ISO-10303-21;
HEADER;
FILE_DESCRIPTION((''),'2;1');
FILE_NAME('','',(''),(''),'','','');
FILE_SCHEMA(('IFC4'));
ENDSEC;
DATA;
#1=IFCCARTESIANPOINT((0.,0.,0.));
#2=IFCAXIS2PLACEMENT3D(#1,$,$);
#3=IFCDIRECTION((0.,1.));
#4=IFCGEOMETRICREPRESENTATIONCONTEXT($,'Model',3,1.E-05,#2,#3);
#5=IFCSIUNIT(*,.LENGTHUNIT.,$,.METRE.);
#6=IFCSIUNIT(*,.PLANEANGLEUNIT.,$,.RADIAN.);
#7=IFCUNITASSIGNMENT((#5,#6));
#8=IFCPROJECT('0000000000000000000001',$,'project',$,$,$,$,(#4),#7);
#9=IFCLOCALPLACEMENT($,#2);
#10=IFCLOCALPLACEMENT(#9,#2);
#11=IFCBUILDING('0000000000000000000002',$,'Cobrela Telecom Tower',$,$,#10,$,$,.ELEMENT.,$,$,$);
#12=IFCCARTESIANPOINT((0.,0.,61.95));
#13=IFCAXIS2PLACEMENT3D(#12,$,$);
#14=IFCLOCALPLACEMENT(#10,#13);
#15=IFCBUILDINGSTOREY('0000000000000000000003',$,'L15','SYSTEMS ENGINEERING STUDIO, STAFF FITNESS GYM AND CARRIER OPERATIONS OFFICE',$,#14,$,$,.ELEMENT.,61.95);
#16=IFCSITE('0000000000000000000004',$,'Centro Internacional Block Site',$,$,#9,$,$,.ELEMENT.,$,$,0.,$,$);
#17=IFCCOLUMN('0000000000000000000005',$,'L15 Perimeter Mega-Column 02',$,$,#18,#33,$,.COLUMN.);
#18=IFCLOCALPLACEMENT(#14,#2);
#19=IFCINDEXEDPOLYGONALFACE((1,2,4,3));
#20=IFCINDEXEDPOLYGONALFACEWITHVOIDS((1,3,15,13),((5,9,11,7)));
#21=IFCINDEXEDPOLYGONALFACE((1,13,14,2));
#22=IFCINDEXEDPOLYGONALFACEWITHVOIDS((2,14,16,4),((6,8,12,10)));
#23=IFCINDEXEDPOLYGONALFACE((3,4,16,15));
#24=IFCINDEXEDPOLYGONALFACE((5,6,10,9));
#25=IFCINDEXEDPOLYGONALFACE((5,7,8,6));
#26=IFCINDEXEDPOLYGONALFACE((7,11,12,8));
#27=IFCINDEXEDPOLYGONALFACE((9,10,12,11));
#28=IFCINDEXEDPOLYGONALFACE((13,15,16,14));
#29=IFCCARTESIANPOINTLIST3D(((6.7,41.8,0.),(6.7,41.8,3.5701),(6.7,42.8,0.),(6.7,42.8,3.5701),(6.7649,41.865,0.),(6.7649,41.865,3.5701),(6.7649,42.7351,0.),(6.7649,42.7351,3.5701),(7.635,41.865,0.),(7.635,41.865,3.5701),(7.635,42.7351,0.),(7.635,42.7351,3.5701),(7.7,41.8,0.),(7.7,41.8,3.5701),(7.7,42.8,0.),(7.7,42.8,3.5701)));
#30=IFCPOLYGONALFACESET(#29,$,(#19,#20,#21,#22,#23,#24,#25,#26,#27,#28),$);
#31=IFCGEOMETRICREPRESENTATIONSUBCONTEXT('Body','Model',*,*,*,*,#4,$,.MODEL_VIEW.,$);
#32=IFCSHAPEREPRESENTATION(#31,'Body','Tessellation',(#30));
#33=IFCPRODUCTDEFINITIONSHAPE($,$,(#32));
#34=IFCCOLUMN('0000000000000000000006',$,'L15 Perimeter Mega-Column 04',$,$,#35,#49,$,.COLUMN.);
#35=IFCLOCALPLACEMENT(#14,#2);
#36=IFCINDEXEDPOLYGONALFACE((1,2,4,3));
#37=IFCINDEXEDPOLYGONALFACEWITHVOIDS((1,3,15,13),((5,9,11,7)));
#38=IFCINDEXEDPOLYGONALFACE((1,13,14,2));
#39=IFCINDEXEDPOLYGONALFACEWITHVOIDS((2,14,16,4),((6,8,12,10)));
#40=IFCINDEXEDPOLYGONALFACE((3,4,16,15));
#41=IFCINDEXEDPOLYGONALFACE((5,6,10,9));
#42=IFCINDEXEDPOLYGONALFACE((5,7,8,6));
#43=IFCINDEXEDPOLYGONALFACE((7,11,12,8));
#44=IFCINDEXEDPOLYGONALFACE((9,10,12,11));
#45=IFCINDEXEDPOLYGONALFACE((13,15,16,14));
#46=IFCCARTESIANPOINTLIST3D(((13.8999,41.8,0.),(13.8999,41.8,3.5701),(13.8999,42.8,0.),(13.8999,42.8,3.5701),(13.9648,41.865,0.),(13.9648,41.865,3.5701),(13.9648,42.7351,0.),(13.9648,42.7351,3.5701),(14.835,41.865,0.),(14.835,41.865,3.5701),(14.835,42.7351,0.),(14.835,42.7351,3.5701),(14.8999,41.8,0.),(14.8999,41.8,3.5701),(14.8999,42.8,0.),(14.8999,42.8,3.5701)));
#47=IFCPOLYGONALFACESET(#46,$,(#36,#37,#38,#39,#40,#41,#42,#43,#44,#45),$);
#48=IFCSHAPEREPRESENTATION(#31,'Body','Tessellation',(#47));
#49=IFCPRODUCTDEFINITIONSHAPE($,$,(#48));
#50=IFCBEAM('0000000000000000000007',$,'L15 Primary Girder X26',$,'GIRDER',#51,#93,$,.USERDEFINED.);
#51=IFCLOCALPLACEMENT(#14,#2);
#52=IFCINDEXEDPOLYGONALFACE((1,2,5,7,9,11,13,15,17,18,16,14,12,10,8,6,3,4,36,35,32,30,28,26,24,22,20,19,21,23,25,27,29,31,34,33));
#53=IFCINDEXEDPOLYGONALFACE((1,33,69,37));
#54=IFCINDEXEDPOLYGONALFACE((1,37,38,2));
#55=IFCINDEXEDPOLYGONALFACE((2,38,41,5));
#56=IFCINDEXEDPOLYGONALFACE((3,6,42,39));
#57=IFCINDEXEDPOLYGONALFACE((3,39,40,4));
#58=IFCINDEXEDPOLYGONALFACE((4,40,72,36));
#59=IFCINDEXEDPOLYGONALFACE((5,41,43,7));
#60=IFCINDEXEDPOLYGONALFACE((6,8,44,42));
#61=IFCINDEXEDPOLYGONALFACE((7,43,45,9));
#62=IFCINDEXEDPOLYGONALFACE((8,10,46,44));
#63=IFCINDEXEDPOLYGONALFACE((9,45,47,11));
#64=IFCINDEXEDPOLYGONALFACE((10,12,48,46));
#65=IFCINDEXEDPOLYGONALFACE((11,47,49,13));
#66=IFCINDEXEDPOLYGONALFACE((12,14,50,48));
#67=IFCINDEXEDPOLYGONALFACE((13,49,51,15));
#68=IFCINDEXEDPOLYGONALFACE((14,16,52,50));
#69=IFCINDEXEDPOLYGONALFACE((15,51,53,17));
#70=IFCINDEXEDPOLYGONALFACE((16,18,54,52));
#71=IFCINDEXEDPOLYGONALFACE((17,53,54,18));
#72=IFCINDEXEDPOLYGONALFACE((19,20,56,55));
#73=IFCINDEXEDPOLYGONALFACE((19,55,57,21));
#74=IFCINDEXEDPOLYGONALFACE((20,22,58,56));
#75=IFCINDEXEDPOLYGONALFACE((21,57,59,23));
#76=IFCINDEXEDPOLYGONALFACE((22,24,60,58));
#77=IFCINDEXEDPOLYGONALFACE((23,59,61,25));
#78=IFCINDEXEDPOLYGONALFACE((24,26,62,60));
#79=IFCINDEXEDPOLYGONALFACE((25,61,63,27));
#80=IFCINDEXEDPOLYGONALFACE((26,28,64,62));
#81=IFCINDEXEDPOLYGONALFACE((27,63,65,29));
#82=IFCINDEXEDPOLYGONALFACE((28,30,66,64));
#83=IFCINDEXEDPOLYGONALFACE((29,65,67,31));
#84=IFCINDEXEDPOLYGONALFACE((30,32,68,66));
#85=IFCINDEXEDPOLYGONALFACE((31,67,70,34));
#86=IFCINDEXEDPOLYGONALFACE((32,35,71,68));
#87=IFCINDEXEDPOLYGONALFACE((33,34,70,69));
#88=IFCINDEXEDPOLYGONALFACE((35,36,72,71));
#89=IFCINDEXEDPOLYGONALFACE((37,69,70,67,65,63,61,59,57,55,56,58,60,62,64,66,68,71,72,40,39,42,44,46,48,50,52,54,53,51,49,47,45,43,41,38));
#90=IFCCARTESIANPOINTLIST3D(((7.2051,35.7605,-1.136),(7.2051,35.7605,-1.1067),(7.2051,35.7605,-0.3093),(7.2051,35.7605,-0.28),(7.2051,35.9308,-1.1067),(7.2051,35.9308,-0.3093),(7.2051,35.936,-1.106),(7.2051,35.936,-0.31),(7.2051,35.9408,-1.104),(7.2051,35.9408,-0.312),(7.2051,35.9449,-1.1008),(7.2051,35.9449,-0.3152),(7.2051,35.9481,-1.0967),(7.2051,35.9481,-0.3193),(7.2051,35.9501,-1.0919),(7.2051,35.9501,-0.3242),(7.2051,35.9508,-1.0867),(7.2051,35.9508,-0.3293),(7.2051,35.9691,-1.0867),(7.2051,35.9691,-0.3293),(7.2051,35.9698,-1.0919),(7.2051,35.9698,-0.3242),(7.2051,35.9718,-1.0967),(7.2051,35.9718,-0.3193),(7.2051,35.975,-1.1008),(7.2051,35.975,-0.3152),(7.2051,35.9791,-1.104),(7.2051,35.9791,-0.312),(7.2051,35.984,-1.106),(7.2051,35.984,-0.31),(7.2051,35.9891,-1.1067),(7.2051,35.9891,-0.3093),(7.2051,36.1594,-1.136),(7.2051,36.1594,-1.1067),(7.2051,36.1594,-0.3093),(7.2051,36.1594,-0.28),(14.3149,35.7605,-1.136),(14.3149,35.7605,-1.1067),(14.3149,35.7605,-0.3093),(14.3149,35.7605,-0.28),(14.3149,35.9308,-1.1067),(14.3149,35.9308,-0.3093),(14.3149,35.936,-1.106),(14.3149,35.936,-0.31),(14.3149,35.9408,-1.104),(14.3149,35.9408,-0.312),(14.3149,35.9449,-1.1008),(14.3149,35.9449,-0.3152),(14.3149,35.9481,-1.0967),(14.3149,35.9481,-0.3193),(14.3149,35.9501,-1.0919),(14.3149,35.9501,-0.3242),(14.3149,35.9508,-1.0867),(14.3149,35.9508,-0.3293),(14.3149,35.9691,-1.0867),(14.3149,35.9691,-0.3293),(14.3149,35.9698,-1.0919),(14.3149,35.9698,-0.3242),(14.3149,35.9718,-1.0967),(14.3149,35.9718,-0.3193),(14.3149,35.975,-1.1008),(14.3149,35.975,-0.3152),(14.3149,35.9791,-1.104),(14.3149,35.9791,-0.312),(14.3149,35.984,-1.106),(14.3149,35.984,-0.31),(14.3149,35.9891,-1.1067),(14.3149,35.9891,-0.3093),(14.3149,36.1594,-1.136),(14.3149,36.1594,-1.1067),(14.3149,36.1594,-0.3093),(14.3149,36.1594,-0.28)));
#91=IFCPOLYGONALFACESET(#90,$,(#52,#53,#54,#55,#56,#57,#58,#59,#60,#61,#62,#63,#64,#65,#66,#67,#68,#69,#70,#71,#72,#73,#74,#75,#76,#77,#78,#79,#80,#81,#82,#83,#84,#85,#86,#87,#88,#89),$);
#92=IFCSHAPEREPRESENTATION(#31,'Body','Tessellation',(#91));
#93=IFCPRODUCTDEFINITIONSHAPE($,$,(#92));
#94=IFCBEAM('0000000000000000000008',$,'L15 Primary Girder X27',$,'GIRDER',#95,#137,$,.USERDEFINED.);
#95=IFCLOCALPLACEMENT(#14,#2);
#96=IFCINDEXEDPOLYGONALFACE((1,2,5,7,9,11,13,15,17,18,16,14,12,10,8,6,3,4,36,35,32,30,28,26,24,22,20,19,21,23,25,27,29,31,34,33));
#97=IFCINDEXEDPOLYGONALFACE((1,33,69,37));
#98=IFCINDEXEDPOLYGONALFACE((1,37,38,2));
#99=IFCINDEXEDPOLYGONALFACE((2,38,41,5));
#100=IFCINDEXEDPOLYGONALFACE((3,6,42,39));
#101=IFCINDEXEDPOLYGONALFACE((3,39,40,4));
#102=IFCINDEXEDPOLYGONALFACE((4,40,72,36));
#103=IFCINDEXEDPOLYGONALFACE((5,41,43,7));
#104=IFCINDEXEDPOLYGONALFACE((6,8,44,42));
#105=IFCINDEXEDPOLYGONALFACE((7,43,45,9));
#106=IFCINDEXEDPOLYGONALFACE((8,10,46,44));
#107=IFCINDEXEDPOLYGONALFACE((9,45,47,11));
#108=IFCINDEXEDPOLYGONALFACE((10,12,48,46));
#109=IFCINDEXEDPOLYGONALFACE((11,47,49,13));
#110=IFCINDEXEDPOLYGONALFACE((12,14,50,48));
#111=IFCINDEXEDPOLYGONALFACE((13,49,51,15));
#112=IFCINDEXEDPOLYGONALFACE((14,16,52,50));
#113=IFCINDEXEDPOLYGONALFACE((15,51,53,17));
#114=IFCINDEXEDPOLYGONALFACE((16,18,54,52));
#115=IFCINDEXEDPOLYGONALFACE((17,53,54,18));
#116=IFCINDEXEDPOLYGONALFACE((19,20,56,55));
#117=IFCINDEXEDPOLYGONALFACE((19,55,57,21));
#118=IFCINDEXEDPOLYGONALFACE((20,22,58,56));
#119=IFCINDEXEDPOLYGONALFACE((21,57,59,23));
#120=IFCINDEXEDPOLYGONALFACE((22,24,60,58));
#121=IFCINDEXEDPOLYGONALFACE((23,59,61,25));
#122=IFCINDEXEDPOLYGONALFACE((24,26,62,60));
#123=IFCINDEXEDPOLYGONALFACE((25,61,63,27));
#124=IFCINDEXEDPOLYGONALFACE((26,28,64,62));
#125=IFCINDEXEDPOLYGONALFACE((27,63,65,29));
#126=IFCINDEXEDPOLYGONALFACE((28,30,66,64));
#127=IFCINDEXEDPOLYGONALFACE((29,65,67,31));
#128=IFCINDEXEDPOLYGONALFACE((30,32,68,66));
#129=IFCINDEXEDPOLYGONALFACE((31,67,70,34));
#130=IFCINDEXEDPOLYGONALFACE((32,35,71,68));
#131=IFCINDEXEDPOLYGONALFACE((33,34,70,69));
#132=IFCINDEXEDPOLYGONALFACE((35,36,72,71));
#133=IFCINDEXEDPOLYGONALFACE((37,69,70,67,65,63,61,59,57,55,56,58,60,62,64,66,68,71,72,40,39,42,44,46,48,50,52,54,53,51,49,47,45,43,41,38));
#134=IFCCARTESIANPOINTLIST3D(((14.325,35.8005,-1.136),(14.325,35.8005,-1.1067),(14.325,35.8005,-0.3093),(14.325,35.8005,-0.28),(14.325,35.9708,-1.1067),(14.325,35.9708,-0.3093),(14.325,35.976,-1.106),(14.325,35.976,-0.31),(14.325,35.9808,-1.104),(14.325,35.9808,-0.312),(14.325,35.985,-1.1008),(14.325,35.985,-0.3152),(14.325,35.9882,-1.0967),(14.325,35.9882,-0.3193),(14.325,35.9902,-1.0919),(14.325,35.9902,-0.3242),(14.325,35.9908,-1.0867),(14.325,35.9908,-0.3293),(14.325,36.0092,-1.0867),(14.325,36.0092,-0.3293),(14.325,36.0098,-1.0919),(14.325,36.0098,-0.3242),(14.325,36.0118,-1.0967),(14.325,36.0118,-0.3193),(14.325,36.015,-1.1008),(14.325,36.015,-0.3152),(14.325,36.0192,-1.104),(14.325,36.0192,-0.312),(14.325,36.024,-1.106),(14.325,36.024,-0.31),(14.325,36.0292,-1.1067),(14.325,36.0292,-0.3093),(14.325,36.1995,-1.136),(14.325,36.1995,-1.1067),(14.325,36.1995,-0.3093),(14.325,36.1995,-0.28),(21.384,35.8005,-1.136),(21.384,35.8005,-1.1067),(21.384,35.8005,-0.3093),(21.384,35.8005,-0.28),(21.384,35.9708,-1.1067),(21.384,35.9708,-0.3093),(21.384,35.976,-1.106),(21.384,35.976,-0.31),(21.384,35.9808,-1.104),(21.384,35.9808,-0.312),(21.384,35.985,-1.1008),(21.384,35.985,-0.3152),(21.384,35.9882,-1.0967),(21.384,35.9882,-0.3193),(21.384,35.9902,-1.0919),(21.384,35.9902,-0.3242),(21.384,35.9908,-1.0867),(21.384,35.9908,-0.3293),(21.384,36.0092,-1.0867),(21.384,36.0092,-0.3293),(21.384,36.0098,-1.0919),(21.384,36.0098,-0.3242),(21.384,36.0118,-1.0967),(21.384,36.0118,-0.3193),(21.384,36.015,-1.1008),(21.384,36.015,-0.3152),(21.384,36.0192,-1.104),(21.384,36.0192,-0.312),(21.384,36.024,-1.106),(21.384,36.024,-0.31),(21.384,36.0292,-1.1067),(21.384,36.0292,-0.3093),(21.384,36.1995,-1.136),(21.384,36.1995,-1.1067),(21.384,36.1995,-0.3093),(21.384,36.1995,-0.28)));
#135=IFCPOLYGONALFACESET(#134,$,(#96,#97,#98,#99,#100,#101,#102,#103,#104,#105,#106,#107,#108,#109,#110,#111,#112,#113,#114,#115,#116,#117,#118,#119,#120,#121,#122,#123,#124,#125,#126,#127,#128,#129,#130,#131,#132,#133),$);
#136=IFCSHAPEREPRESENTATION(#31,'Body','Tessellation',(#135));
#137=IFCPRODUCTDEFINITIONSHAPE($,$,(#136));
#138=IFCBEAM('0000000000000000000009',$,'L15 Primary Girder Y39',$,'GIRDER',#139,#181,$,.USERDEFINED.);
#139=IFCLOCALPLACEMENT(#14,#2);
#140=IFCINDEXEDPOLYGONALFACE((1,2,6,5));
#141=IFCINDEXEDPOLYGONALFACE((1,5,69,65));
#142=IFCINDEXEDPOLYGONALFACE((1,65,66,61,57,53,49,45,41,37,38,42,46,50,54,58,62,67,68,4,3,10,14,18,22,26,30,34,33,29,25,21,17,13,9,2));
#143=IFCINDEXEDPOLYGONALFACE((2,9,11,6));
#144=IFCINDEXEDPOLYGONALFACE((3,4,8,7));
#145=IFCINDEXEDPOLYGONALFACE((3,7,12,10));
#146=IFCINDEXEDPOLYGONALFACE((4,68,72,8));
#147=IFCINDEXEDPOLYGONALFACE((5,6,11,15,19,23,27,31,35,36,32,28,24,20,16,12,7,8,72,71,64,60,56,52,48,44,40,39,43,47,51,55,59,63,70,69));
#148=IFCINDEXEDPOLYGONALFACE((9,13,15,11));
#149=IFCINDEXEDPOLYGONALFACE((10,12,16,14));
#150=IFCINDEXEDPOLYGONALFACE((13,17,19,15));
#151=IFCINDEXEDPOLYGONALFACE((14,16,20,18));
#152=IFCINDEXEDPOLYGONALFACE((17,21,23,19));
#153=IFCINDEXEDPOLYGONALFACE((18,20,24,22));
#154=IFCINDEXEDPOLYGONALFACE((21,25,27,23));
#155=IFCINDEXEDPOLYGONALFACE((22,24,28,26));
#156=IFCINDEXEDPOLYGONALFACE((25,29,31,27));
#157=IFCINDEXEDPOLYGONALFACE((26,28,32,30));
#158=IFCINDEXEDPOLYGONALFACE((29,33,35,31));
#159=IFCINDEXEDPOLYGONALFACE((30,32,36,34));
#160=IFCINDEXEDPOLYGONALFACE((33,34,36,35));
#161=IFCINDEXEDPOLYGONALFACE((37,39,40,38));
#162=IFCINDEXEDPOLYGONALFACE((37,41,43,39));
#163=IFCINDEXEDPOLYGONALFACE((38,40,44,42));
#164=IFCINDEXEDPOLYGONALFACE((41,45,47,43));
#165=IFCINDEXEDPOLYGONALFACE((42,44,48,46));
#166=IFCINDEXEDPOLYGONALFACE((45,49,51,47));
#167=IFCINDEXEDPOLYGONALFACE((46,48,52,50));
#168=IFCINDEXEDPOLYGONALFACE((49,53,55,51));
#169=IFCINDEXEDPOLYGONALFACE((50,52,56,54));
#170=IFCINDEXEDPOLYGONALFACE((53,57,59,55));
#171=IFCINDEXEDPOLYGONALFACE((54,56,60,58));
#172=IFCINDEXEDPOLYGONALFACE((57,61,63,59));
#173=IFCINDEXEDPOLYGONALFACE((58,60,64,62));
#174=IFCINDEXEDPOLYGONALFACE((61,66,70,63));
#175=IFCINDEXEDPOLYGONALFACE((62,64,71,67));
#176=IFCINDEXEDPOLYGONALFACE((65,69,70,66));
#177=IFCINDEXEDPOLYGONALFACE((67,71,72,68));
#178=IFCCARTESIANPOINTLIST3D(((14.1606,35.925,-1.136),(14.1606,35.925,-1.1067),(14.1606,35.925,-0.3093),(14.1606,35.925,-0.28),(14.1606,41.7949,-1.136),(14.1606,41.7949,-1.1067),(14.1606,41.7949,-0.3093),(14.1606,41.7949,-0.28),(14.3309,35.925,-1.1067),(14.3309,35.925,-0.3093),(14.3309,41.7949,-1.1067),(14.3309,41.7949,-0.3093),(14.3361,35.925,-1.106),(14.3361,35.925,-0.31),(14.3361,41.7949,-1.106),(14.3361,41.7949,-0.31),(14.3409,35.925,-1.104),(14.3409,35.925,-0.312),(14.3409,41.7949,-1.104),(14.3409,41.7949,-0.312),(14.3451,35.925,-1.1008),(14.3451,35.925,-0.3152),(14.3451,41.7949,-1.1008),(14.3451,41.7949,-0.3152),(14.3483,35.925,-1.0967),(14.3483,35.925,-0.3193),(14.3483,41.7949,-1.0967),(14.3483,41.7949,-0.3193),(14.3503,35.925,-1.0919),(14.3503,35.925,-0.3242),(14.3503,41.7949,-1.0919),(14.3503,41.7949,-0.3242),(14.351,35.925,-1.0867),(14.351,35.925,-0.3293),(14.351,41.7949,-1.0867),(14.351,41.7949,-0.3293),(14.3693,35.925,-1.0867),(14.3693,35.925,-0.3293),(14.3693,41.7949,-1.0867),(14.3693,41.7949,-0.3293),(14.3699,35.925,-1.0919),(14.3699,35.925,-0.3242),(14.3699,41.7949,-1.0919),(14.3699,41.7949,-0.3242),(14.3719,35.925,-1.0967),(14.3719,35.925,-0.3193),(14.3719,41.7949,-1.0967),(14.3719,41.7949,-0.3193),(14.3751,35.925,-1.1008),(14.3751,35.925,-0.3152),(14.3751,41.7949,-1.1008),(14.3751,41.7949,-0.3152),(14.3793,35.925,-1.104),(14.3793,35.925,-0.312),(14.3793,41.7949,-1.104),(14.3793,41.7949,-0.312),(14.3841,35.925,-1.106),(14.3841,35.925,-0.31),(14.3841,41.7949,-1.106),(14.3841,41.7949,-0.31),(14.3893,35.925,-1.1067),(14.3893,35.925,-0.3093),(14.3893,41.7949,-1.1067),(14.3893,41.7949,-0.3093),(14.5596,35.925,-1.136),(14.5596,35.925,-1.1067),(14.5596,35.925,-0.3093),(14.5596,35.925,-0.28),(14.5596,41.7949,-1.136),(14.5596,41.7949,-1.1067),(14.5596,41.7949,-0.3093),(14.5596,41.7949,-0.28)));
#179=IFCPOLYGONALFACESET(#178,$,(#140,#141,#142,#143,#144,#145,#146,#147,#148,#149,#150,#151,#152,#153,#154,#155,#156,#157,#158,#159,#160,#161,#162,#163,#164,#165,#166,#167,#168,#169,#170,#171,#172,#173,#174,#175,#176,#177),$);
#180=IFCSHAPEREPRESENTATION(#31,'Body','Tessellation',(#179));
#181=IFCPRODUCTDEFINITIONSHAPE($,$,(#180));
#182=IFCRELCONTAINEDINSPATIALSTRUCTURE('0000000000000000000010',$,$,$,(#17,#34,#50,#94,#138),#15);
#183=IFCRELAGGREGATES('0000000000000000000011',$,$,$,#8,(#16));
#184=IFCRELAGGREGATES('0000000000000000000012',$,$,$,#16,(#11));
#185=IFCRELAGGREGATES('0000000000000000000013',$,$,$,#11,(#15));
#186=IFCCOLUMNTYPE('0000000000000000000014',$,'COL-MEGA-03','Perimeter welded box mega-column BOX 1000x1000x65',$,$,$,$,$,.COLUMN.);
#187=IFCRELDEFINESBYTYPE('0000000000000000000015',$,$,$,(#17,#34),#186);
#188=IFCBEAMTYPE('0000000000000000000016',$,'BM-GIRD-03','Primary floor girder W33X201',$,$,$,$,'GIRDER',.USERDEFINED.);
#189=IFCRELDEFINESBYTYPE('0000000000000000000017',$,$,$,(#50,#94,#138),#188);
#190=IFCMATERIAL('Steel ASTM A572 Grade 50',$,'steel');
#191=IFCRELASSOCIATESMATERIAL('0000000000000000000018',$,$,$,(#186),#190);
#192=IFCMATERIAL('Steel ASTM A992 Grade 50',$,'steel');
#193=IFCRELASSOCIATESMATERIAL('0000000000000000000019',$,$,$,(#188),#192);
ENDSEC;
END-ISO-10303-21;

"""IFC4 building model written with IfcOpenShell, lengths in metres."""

from ifc_helpers import new_model, si_unit, direction, frame, origin, origin_2d, place, context, subcontext, project, spatial, hollow_rectangle, i_section, extrude, material, material_profile, profile_set, type_object, element, save


model = new_model("IFC4")

# Units and contexts
model_context = context("Model", 3, precision=1e-05, world=origin(), true_north=direction((0.0, 1.0)))
body_context = subcontext(model_context, "Body", "Model", "MODEL_VIEW")
ifc_project = project(units=[si_unit("LENGTHUNIT", "METRE"), si_unit("PLANEANGLEUNIT", "RADIAN")], contexts=[model_context])

# Site, building, storey
site_placement = place(None, origin())
site = spatial("IfcSite", under=ifc_project, at=site_placement, Name="Centro Internacional Block Site", CompositionType="ELEMENT", RefElevation=0.0)
building_placement = place(site_placement, origin())
building = spatial("IfcBuilding", under=site, at=building_placement, Name="Cobrela Telecom Tower", CompositionType="ELEMENT")
storey_placement = place(building_placement, frame((0.0, 0.0, 61.95)))
storey = spatial("IfcBuildingStorey", under=building, at=storey_placement, Name="L15", Description="SYSTEMS ENGINEERING STUDIO, STAFF FITNESS GYM AND CARRIER OPERATIONS OFFICE", CompositionType="ELEMENT", Elevation=61.95)

# Columns
ifc_material_1 = material(Name="Steel ASTM A572 Grade 50", Category="steel")
ifc_material_profile_1 = material_profile(ifc_material_1, hollow_rectangle(XDim=1.0, YDim=1.0, WallThickness=0.0649, at=origin_2d()), Name="BOX 1000x1000x65")
ifc_profile_set_1 = profile_set([ifc_material_profile_1], Name="Steel ASTM A572 Grade 50")
column_type = type_object("IfcColumnType", Name="COL-MEGA-03", Description="Perimeter welded box mega-column BOX 1000x1000x65", PredefinedType="COLUMN", material=ifc_profile_set_1)
for number, where, z_axis, x_axis, name in (
    (1, (7.2, 42.3, 0.0), (0.0, 0.0, 1.0), (1.0, 0.0, 0.0), "L15 Perimeter Mega-Column 02"),
    (2, (14.3999, 42.3, 0.0), (0.0, 0.0, 1.0), (1.0, 0.0, 0.0), "L15 Perimeter Mega-Column 04"),
):
    element("IfcColumn", number, at=place(storey_placement, frame(where, z_axis=z_axis, x_axis=x_axis)), inside=storey, type_object=column_type, Name=name, PredefinedType="COLUMN", context=body_context, shape_type="SweptSolid", body=[
        extrude(hollow_rectangle(XDim=1.0, YDim=1.0, WallThickness=0.0649, at=origin_2d()), origin(), (0.0, 0.0, 1.0), 3.5701),
    ])

# Beams
ifc_material_2 = material(Name="Steel ASTM A992 Grade 50", Category="steel")
ifc_material_profile_2 = material_profile(ifc_material_2, i_section(OverallWidth=0.3989, OverallDepth=0.856, WebThickness=0.0183, FlangeThickness=0.0293, FilletRadius=0.02, at=origin_2d()), Name="W33X201")
ifc_profile_set_2 = profile_set([ifc_material_profile_2], Name="Steel ASTM A992 Grade 50")
beam_type_1 = type_object("IfcBeamType", Name="BM-GIRD-03", Description="Primary floor girder W33X201", ElementType="GIRDER", PredefinedType="USERDEFINED", material=ifc_profile_set_2)
beam_1_placement = place(storey_placement, frame((7.2051, 35.96, -0.708), z_axis=(1.0, 0.0, 0.0), x_axis=(0.0, 1.0, 0.0)))
element("IfcBeam", 3, at=beam_1_placement, inside=storey, type_object=beam_type_1, Name="L15 Primary Girder X26", ObjectType="GIRDER", PredefinedType="USERDEFINED", context=body_context, shape_type="SweptSolid", body=[
    extrude(i_section(OverallWidth=0.3989, OverallDepth=0.856, WebThickness=0.0183, FlangeThickness=0.0293, FilletRadius=0.02, at=origin_2d()), origin(), (0.0, 0.0, 1.0), 7.1099),
])
beam_2_placement = place(storey_placement, frame((14.325, 36.0, -0.708), z_axis=(1.0, 0.0, 0.0), x_axis=(0.0, 1.0, 0.0)))
element("IfcBeam", 4, at=beam_2_placement, inside=storey, type_object=beam_type_1, Name="L15 Primary Girder X27", ObjectType="GIRDER", PredefinedType="USERDEFINED", context=body_context, shape_type="SweptSolid", body=[
    extrude(i_section(OverallWidth=0.3989, OverallDepth=0.856, WebThickness=0.0183, FlangeThickness=0.0293, FilletRadius=0.02, at=origin_2d()), origin(), (0.0, 0.0, 1.0), 7.0591),
])
beam_3_placement = place(storey_placement, frame((14.3601, 35.925, -0.708), z_axis=(0.0, 1.0, 0.0), x_axis=(-1.0, 0.0, 0.0)))
element("IfcBeam", 5, at=beam_3_placement, inside=storey, type_object=beam_type_1, Name="L15 Primary Girder Y39", ObjectType="GIRDER", PredefinedType="USERDEFINED", context=body_context, shape_type="SweptSolid", body=[
    extrude(i_section(OverallWidth=0.3989, OverallDepth=0.856, WebThickness=0.0183, FlangeThickness=0.0293, FilletRadius=0.02, at=origin_2d()), origin(), (0.0, 0.0, 1.0), 5.8699),
])

save(model, "model.ifc")
